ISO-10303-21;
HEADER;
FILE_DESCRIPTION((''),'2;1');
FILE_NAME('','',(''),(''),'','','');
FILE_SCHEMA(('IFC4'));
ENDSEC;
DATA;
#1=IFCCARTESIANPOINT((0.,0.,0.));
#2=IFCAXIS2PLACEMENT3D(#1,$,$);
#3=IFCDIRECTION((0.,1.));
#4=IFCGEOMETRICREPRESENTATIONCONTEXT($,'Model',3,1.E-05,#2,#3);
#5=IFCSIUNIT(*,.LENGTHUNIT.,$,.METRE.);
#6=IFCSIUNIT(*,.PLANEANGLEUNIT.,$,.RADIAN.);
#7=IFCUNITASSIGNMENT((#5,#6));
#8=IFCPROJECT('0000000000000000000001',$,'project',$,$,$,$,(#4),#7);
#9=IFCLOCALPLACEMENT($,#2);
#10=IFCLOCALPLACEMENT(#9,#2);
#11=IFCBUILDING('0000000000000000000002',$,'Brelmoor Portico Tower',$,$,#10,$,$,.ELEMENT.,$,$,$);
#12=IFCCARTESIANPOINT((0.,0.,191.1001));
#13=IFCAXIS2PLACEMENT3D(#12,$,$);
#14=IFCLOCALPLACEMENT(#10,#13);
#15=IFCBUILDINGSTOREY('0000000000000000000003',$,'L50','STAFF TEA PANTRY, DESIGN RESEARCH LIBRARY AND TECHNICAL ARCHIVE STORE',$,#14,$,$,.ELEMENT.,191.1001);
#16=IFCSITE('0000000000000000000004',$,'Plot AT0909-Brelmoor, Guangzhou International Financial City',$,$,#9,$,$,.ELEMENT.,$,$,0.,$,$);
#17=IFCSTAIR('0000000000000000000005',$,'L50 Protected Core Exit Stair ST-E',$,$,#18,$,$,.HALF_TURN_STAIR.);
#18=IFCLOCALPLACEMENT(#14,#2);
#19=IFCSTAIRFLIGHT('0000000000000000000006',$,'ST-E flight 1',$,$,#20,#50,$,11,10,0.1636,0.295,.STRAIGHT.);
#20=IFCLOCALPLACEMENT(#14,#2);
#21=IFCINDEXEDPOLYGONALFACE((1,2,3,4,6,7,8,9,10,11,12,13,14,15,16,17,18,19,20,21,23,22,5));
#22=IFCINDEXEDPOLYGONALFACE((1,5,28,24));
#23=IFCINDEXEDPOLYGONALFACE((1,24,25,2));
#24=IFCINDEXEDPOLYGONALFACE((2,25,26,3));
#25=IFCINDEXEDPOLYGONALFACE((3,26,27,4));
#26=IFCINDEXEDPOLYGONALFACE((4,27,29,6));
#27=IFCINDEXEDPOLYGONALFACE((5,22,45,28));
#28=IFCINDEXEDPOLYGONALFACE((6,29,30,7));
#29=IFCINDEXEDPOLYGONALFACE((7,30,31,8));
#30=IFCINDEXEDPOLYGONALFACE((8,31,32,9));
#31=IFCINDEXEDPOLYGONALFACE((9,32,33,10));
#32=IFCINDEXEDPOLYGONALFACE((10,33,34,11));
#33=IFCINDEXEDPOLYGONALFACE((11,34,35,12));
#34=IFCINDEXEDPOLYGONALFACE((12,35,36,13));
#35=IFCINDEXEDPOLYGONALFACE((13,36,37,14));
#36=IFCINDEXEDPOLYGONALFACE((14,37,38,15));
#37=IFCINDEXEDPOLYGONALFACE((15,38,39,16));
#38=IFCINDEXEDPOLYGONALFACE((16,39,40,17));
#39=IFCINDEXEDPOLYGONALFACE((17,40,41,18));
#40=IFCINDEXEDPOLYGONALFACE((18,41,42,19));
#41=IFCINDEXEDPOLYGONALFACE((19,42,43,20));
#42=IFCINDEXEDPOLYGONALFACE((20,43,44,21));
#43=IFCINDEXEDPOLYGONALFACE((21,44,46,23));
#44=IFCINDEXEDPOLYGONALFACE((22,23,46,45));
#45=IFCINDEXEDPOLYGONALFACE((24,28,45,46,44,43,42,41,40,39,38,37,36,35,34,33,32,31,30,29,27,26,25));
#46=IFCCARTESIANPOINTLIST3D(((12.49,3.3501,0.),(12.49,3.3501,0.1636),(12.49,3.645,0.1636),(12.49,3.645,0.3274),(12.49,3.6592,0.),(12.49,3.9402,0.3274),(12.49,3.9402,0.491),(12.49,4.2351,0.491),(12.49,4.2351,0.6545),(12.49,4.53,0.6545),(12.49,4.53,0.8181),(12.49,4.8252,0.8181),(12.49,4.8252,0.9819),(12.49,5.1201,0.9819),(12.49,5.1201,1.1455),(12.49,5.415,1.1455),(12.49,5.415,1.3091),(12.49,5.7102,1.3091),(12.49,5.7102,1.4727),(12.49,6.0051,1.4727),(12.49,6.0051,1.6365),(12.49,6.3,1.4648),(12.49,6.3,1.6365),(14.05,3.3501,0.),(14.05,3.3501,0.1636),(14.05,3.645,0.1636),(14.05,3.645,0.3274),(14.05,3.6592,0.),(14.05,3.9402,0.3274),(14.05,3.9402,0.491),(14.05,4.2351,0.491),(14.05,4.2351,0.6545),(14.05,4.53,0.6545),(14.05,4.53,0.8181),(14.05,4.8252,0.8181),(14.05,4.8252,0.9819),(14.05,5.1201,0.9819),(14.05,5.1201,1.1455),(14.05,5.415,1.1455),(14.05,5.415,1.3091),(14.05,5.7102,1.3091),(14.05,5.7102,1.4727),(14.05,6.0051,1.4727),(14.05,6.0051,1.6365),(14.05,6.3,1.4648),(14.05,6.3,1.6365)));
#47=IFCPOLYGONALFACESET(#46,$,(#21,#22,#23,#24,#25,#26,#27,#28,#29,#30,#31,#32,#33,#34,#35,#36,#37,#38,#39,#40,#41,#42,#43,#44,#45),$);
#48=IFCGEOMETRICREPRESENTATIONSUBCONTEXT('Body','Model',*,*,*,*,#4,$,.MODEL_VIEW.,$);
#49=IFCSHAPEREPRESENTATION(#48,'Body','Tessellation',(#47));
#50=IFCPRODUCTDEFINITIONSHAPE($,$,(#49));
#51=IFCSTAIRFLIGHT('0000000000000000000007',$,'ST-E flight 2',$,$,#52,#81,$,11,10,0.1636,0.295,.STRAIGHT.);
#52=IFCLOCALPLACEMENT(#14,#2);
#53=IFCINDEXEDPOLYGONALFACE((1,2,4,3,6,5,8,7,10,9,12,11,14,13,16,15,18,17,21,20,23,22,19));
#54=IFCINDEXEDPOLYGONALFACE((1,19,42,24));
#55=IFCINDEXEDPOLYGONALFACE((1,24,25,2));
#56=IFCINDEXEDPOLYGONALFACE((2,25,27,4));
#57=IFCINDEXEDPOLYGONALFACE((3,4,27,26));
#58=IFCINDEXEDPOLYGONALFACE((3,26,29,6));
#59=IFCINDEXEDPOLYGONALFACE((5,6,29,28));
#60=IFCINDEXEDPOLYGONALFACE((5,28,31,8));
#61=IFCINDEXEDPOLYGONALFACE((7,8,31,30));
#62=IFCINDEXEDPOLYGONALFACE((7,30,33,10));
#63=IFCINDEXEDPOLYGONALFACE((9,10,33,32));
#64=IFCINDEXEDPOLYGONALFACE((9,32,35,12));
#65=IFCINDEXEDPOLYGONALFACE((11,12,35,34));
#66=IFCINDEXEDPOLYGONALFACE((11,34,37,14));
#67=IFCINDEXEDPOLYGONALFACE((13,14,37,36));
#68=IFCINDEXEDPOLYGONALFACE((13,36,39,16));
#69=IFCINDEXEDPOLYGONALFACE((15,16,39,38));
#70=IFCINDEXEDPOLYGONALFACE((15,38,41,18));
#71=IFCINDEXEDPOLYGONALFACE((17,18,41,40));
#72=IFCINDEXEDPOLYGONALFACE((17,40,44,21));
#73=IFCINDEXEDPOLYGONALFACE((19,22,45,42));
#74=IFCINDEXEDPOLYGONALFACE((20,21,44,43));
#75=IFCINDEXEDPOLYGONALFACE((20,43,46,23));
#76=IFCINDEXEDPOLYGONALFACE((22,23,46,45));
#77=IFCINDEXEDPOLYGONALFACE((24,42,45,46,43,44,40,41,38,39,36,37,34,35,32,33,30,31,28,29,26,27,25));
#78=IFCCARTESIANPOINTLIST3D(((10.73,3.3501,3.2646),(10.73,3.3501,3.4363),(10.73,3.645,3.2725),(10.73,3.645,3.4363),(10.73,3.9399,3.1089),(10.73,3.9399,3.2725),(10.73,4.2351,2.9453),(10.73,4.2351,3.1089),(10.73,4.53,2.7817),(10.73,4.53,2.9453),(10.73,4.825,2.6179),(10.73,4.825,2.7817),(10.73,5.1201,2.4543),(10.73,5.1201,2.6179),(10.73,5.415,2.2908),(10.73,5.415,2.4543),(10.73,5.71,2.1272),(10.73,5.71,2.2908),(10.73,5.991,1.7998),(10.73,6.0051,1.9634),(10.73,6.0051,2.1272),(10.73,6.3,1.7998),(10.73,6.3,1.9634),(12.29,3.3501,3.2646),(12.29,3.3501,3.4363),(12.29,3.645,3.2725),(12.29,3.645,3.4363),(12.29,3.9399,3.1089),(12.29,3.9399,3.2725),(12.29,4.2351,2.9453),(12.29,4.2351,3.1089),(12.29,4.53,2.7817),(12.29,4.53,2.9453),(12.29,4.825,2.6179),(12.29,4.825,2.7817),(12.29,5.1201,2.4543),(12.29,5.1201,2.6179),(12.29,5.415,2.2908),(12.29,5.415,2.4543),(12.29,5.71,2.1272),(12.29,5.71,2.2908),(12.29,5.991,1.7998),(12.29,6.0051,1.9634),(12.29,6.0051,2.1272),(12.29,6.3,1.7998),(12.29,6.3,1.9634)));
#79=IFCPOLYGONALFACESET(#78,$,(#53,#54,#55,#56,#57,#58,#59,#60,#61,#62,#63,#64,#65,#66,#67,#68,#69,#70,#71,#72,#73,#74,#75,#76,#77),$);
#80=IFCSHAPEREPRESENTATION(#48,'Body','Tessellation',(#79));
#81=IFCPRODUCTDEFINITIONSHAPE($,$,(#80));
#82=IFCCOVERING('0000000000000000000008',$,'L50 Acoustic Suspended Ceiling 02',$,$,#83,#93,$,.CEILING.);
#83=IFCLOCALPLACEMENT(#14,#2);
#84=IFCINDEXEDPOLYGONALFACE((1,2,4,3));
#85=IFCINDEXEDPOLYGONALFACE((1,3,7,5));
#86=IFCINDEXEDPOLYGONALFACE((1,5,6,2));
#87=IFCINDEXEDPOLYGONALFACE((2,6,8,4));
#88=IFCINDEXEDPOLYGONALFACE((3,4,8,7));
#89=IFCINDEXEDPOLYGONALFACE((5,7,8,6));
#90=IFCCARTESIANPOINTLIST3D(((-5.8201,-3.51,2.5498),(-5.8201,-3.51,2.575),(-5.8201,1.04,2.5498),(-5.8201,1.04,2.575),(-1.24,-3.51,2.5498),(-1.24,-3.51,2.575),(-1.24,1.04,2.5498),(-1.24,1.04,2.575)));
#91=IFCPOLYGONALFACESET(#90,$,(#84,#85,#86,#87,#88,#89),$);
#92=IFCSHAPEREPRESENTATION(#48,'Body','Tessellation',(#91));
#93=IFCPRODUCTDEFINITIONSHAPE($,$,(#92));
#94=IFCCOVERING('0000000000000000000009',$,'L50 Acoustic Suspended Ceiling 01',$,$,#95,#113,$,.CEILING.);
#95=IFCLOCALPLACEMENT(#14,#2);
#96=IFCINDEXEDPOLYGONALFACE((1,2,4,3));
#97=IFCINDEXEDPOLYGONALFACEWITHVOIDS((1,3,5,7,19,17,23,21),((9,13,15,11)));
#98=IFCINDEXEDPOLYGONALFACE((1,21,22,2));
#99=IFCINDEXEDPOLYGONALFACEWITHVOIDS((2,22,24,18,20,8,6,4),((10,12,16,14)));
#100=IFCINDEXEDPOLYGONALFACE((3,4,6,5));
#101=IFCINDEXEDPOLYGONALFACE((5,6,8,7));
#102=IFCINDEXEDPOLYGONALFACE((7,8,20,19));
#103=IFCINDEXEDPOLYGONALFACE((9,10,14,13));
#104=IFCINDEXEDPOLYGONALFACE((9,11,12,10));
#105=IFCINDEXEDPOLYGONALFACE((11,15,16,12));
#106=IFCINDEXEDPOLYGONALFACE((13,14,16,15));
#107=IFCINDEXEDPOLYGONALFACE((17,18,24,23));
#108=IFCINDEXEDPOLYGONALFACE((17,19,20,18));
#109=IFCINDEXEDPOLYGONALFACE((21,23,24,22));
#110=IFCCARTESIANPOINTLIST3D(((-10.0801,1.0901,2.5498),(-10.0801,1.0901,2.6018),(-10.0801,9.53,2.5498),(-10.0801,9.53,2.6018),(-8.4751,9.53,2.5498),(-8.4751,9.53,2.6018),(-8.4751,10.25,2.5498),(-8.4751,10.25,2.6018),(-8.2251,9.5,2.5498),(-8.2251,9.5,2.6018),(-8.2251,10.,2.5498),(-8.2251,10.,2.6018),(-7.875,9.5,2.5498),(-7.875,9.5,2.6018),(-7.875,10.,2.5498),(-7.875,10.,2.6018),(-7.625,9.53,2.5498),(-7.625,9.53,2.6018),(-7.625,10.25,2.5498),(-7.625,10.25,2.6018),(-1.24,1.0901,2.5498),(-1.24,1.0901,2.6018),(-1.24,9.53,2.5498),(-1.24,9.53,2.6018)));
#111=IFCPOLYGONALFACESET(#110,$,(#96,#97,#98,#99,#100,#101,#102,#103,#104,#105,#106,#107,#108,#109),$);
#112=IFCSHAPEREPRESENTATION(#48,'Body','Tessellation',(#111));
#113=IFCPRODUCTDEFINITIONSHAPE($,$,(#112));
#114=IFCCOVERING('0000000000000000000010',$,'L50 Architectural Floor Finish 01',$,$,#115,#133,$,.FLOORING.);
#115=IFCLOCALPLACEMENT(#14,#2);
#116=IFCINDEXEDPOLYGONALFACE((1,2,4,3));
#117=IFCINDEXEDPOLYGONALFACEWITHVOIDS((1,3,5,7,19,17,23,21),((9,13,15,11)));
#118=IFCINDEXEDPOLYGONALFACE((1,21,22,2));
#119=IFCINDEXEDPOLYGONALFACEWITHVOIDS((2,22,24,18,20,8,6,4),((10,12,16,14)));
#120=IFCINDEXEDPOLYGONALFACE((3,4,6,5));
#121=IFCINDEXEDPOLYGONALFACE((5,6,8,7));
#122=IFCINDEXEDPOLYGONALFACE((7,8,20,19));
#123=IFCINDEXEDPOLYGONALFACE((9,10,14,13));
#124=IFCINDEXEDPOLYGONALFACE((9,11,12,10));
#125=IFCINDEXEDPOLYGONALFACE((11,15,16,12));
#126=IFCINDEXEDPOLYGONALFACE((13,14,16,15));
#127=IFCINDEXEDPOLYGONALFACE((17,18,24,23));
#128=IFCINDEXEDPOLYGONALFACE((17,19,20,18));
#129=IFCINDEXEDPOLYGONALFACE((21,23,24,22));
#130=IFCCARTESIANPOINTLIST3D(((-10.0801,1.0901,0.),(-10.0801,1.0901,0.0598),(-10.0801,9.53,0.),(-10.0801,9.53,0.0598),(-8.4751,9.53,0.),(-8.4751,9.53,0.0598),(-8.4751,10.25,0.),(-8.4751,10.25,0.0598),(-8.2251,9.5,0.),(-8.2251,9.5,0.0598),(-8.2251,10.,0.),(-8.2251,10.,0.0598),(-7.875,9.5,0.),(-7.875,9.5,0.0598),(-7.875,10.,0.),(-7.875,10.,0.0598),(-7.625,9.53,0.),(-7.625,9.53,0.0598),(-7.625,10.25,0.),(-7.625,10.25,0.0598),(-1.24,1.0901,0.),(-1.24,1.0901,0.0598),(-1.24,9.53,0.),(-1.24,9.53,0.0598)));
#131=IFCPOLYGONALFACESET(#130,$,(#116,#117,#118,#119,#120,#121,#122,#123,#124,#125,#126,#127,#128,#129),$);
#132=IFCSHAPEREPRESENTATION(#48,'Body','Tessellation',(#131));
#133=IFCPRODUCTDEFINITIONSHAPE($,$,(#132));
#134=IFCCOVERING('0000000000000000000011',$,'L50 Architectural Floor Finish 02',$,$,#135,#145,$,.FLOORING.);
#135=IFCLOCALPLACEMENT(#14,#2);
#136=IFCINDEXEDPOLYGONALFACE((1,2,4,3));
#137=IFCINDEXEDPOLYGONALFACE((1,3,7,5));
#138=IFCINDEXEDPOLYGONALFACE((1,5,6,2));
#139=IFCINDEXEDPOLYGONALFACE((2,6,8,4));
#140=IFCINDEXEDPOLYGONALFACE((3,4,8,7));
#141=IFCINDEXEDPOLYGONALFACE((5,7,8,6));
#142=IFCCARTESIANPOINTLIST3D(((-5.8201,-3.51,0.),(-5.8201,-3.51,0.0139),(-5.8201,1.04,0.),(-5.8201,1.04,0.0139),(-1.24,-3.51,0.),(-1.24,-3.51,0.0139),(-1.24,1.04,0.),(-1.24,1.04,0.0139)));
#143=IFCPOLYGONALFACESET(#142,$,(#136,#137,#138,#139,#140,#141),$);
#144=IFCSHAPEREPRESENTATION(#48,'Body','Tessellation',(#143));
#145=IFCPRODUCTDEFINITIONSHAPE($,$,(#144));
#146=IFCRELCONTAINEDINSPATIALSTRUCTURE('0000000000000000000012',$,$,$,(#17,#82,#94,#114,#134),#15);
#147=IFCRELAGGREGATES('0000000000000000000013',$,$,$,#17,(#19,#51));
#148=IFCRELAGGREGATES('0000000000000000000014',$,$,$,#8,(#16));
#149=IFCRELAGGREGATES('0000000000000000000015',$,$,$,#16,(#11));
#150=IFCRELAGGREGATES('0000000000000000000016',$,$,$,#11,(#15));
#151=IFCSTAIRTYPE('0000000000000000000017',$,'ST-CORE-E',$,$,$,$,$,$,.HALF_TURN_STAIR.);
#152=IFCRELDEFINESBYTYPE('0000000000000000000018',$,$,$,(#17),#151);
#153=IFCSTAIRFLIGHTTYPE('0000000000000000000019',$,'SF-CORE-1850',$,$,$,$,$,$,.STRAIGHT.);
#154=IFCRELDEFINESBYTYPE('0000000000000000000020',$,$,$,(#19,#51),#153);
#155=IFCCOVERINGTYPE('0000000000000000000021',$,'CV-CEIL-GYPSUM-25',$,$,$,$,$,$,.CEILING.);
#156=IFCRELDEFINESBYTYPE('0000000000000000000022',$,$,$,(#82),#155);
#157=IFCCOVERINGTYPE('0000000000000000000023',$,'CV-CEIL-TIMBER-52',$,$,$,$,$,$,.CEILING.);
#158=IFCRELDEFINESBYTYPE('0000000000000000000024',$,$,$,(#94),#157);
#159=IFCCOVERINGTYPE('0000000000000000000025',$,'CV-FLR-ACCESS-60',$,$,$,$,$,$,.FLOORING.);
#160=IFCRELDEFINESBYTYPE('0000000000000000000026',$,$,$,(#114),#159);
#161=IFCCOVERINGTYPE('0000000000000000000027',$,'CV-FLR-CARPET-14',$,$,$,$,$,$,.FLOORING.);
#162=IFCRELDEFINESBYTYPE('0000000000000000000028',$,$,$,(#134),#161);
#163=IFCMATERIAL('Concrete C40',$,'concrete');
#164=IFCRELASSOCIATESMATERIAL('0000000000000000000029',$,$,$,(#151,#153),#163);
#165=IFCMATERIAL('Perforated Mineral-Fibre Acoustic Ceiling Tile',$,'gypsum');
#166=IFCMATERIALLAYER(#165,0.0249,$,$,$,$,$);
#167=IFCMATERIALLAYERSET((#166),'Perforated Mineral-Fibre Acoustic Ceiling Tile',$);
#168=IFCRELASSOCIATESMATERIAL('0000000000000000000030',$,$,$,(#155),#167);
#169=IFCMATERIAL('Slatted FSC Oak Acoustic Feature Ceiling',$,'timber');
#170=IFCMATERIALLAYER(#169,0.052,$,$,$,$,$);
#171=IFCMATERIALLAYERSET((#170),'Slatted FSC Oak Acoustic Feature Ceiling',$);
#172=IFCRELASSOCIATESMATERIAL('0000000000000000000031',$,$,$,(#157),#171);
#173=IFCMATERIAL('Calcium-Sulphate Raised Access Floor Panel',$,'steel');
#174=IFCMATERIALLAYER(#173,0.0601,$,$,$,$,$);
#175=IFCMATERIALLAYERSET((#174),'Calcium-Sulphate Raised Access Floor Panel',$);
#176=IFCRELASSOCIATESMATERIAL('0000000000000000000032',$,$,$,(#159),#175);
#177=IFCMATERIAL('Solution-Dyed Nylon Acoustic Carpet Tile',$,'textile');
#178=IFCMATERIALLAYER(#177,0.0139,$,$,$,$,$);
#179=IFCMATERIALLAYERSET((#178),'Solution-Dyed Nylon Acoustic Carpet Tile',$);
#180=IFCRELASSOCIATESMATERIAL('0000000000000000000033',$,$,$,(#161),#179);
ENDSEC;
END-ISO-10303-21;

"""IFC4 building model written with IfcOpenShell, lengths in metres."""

from ifc_helpers import new_model, si_unit, direction, frame, origin, place, context, subcontext, project, spatial, polyline, outline, extrude, material, layer, layer_set, type_object, element, aggregate, save


model = new_model("IFC4")

# Units and contexts
model_context = context("Model", 3, precision=1e-05, world=origin(), true_north=direction((0.0, 1.0)))
body_context = subcontext(model_context, "Body", "Model", "MODEL_VIEW")
ifc_project = project(units=[si_unit("LENGTHUNIT", "METRE"), si_unit("PLANEANGLEUNIT", "RADIAN")], contexts=[model_context])

# Site, building, storey
site_placement = place(None, origin())
site = spatial("IfcSite", under=ifc_project, at=site_placement, Name="Plot AT0909-Brelmoor, Guangzhou International Financial City", CompositionType="ELEMENT", RefElevation=0.0)
building_placement = place(site_placement, origin())
building = spatial("IfcBuilding", under=site, at=building_placement, Name="Brelmoor Portico Tower", CompositionType="ELEMENT")
storey_placement = place(building_placement, frame((0.0, 0.0, 191.1001)))
storey = spatial("IfcBuildingStorey", under=building, at=storey_placement, Name="L50", Description="STAFF TEA PANTRY, DESIGN RESEARCH LIBRARY AND TECHNICAL ARCHIVE STORE", CompositionType="ELEMENT", Elevation=191.1001)

# Stair
ifc_material_1 = material(Name="Concrete C40", Category="concrete")
stair_type_1 = type_object("IfcStairType", Name="ST-CORE-E", PredefinedType="HALF_TURN_STAIR", material=ifc_material_1)
stair_1_placement = place(storey_placement, origin())
stair_1 = element("IfcStair", 1, at=stair_1_placement, inside=storey, type_object=stair_type_1, Name="L50 Protected Core Exit Stair ST-E", PredefinedType="HALF_TURN_STAIR")

# Stair flights
stair_flight_type = type_object("IfcStairFlightType", Name="SF-CORE-1850", PredefinedType="STRAIGHT", material=ifc_material_1)
stair_flight_1_placement = place(storey_placement, frame((13.27, 3.3501, 0.0), z_axis=(0.0, 0.0, 1.0), x_axis=(0.0, 1.0, 0.0)))
stair_flight_1 = element("IfcStairFlight", 2, at=stair_flight_1_placement, type_object=stair_flight_type, Name="ST-E flight 1", NumberOfRisers=11, NumberOfTreads=10, PredefinedType="STRAIGHT", RiserHeight=0.1636, TreadLength=0.295, context=body_context, shape_type="SweptSolid", body=[
    extrude(outline(polyline([(0.0, 0.0), (0.0, 0.1636), (0.2949, 0.1636), (0.2949, 0.3274), (0.5901, 0.3274), (0.5901, 0.491), (0.885, 0.491), (0.885, 0.6545), (1.1799, 0.6545), (1.1799, 0.8181), (1.4751, 0.8181), (1.4751, 0.9819), (1.77, 0.9819), (1.77, 1.1455), (2.0649, 1.1455), (2.0649, 1.3091), (2.3601, 1.3091), (2.3601, 1.4727), (2.655, 1.4727), (2.655, 1.6365), (2.95, 1.6365), (2.95, 1.8), (2.95, 1.4648), (0.3091, 0.0), (0.0, 0.0)])), frame((0.0, 0.78, 0.0), z_axis=(0.0, -1.0, 0.0), x_axis=(1.0, 0.0, 0.0)), (0.0, 0.0, 1.0), 1.5601),
])
stair_flight_2_placement = place(storey_placement, frame((11.51, 6.3, 1.7998), z_axis=(0.0, 0.0, 1.0), x_axis=(0.0, -1.0, 0.0)))
stair_flight_2 = element("IfcStairFlight", 3, at=stair_flight_2_placement, type_object=stair_flight_type, Name="ST-E flight 2", NumberOfRisers=11, NumberOfTreads=10, PredefinedType="STRAIGHT", RiserHeight=0.1636, TreadLength=0.295, context=body_context, shape_type="SweptSolid", body=[
    extrude(outline(polyline([(0.0, 0.0), (0.0, 0.1636), (0.2949, 0.1636), (0.2949, 0.3274), (0.5901, 0.3274), (0.5901, 0.491), (0.885, 0.491), (0.885, 0.6545), (1.1799, 0.6545), (1.1799, 0.8181), (1.4751, 0.8181), (1.4751, 0.9819), (1.77, 0.9819), (1.77, 1.1455), (2.0649, 1.1455), (2.0649, 1.3091), (2.3601, 1.3091), (2.3601, 1.4727), (2.655, 1.4727), (2.655, 1.6365), (2.95, 1.6365), (2.95, 1.8), (2.95, 1.4648), (0.3091, 0.0), (0.0, 0.0)])), frame((0.0, 0.78, 0.0), z_axis=(0.0, -1.0, 0.0), x_axis=(1.0, 0.0, 0.0)), (0.0, 0.0, 1.0), 1.5601),
])
aggregate(stair_1, [stair_flight_1, stair_flight_2])

# Coverings
ifc_material_2 = material(Name="Perforated Mineral-Fibre Acoustic Ceiling Tile", Category="gypsum")
ifc_layer_1 = layer(ifc_material_2, 0.0249)
ifc_layer_set_1 = layer_set([ifc_layer_1], Name="Perforated Mineral-Fibre Acoustic Ceiling Tile")
covering_type_1 = type_object("IfcCoveringType", Name="CV-CEIL-GYPSUM-25", PredefinedType="CEILING", material=ifc_layer_set_1)
covering_1_placement = place(storey_placement, frame((0.0, 0.0, 2.5498)))
element("IfcCovering", 4, at=covering_1_placement, inside=storey, type_object=covering_type_1, Name="L50 Acoustic Suspended Ceiling 02", PredefinedType="CEILING", context=body_context, shape_type="SweptSolid", body=[
    extrude(outline(polyline([(-5.8201, -3.51), (-5.8201, 1.04), (-1.24, 1.04), (-1.24, -3.51), (-5.8201, -3.51)])), origin(), (0.0, 0.0, 1.0), 0.0251),
])
ifc_material_3 = material(Name="Slatted FSC Oak Acoustic Feature Ceiling", Category="timber")
ifc_layer_2 = layer(ifc_material_3, 0.052)
ifc_layer_set_2 = layer_set([ifc_layer_2], Name="Slatted FSC Oak Acoustic Feature Ceiling")
covering_type_2 = type_object("IfcCoveringType", Name="CV-CEIL-TIMBER-52", PredefinedType="CEILING", material=ifc_layer_set_2)
covering_2_placement = place(storey_placement, frame((0.0, 0.0, 2.5498)))
element("IfcCovering", 5, at=covering_2_placement, inside=storey, type_object=covering_type_2, Name="L50 Acoustic Suspended Ceiling 01", PredefinedType="CEILING", context=body_context, shape_type="SweptSolid", body=[
    extrude(outline(polyline([(-10.0801, 9.53), (-8.4751, 9.53), (-8.4751, 10.25), (-7.625, 10.25), (-7.625, 9.53), (-1.24, 9.53), (-1.24, 1.0901), (-10.0801, 1.0901), (-10.0801, 9.53)]), holes=[polyline([(-7.875, 9.5), (-7.875, 10.0), (-8.2251, 10.0), (-8.2251, 9.5), (-7.875, 9.5)])]), origin(), (0.0, 0.0, 1.0), 0.052),
])
ifc_material_4 = material(Name="Calcium-Sulphate Raised Access Floor Panel", Category="steel")
ifc_layer_3 = layer(ifc_material_4, 0.0601)
ifc_layer_set_3 = layer_set([ifc_layer_3], Name="Calcium-Sulphate Raised Access Floor Panel")
covering_type_3 = type_object("IfcCoveringType", Name="CV-FLR-ACCESS-60", PredefinedType="FLOORING", material=ifc_layer_set_3)
covering_3_placement = place(storey_placement, origin())
element("IfcCovering", 6, at=covering_3_placement, inside=storey, type_object=covering_type_3, Name="L50 Architectural Floor Finish 01", PredefinedType="FLOORING", context=body_context, shape_type="SweptSolid", body=[
    extrude(outline(polyline([(-10.0801, 9.53), (-8.4751, 9.53), (-8.4751, 10.25), (-7.625, 10.25), (-7.625, 9.53), (-1.24, 9.53), (-1.24, 1.0901), (-10.0801, 1.0901), (-10.0801, 9.53)]), holes=[polyline([(-7.875, 9.5), (-7.875, 10.0), (-8.2251, 10.0), (-8.2251, 9.5), (-7.875, 9.5)])]), origin(), (0.0, 0.0, 1.0), 0.0598),
])
ifc_material_5 = material(Name="Solution-Dyed Nylon Acoustic Carpet Tile", Category="textile")
ifc_layer_4 = layer(ifc_material_5, 0.0139)
ifc_layer_set_4 = layer_set([ifc_layer_4], Name="Solution-Dyed Nylon Acoustic Carpet Tile")
covering_type_4 = type_object("IfcCoveringType", Name="CV-FLR-CARPET-14", PredefinedType="FLOORING", material=ifc_layer_set_4)
covering_4_placement = place(storey_placement, origin())
element("IfcCovering", 7, at=covering_4_placement, inside=storey, type_object=covering_type_4, Name="L50 Architectural Floor Finish 02", PredefinedType="FLOORING", context=body_context, shape_type="SweptSolid", body=[
    extrude(outline(polyline([(-5.8201, -3.51), (-5.8201, 1.04), (-1.24, 1.04), (-1.24, -3.51), (-5.8201, -3.51)])), origin(), (0.0, 0.0, 1.0), 0.0139),
])

save(model, "model.ifc")
